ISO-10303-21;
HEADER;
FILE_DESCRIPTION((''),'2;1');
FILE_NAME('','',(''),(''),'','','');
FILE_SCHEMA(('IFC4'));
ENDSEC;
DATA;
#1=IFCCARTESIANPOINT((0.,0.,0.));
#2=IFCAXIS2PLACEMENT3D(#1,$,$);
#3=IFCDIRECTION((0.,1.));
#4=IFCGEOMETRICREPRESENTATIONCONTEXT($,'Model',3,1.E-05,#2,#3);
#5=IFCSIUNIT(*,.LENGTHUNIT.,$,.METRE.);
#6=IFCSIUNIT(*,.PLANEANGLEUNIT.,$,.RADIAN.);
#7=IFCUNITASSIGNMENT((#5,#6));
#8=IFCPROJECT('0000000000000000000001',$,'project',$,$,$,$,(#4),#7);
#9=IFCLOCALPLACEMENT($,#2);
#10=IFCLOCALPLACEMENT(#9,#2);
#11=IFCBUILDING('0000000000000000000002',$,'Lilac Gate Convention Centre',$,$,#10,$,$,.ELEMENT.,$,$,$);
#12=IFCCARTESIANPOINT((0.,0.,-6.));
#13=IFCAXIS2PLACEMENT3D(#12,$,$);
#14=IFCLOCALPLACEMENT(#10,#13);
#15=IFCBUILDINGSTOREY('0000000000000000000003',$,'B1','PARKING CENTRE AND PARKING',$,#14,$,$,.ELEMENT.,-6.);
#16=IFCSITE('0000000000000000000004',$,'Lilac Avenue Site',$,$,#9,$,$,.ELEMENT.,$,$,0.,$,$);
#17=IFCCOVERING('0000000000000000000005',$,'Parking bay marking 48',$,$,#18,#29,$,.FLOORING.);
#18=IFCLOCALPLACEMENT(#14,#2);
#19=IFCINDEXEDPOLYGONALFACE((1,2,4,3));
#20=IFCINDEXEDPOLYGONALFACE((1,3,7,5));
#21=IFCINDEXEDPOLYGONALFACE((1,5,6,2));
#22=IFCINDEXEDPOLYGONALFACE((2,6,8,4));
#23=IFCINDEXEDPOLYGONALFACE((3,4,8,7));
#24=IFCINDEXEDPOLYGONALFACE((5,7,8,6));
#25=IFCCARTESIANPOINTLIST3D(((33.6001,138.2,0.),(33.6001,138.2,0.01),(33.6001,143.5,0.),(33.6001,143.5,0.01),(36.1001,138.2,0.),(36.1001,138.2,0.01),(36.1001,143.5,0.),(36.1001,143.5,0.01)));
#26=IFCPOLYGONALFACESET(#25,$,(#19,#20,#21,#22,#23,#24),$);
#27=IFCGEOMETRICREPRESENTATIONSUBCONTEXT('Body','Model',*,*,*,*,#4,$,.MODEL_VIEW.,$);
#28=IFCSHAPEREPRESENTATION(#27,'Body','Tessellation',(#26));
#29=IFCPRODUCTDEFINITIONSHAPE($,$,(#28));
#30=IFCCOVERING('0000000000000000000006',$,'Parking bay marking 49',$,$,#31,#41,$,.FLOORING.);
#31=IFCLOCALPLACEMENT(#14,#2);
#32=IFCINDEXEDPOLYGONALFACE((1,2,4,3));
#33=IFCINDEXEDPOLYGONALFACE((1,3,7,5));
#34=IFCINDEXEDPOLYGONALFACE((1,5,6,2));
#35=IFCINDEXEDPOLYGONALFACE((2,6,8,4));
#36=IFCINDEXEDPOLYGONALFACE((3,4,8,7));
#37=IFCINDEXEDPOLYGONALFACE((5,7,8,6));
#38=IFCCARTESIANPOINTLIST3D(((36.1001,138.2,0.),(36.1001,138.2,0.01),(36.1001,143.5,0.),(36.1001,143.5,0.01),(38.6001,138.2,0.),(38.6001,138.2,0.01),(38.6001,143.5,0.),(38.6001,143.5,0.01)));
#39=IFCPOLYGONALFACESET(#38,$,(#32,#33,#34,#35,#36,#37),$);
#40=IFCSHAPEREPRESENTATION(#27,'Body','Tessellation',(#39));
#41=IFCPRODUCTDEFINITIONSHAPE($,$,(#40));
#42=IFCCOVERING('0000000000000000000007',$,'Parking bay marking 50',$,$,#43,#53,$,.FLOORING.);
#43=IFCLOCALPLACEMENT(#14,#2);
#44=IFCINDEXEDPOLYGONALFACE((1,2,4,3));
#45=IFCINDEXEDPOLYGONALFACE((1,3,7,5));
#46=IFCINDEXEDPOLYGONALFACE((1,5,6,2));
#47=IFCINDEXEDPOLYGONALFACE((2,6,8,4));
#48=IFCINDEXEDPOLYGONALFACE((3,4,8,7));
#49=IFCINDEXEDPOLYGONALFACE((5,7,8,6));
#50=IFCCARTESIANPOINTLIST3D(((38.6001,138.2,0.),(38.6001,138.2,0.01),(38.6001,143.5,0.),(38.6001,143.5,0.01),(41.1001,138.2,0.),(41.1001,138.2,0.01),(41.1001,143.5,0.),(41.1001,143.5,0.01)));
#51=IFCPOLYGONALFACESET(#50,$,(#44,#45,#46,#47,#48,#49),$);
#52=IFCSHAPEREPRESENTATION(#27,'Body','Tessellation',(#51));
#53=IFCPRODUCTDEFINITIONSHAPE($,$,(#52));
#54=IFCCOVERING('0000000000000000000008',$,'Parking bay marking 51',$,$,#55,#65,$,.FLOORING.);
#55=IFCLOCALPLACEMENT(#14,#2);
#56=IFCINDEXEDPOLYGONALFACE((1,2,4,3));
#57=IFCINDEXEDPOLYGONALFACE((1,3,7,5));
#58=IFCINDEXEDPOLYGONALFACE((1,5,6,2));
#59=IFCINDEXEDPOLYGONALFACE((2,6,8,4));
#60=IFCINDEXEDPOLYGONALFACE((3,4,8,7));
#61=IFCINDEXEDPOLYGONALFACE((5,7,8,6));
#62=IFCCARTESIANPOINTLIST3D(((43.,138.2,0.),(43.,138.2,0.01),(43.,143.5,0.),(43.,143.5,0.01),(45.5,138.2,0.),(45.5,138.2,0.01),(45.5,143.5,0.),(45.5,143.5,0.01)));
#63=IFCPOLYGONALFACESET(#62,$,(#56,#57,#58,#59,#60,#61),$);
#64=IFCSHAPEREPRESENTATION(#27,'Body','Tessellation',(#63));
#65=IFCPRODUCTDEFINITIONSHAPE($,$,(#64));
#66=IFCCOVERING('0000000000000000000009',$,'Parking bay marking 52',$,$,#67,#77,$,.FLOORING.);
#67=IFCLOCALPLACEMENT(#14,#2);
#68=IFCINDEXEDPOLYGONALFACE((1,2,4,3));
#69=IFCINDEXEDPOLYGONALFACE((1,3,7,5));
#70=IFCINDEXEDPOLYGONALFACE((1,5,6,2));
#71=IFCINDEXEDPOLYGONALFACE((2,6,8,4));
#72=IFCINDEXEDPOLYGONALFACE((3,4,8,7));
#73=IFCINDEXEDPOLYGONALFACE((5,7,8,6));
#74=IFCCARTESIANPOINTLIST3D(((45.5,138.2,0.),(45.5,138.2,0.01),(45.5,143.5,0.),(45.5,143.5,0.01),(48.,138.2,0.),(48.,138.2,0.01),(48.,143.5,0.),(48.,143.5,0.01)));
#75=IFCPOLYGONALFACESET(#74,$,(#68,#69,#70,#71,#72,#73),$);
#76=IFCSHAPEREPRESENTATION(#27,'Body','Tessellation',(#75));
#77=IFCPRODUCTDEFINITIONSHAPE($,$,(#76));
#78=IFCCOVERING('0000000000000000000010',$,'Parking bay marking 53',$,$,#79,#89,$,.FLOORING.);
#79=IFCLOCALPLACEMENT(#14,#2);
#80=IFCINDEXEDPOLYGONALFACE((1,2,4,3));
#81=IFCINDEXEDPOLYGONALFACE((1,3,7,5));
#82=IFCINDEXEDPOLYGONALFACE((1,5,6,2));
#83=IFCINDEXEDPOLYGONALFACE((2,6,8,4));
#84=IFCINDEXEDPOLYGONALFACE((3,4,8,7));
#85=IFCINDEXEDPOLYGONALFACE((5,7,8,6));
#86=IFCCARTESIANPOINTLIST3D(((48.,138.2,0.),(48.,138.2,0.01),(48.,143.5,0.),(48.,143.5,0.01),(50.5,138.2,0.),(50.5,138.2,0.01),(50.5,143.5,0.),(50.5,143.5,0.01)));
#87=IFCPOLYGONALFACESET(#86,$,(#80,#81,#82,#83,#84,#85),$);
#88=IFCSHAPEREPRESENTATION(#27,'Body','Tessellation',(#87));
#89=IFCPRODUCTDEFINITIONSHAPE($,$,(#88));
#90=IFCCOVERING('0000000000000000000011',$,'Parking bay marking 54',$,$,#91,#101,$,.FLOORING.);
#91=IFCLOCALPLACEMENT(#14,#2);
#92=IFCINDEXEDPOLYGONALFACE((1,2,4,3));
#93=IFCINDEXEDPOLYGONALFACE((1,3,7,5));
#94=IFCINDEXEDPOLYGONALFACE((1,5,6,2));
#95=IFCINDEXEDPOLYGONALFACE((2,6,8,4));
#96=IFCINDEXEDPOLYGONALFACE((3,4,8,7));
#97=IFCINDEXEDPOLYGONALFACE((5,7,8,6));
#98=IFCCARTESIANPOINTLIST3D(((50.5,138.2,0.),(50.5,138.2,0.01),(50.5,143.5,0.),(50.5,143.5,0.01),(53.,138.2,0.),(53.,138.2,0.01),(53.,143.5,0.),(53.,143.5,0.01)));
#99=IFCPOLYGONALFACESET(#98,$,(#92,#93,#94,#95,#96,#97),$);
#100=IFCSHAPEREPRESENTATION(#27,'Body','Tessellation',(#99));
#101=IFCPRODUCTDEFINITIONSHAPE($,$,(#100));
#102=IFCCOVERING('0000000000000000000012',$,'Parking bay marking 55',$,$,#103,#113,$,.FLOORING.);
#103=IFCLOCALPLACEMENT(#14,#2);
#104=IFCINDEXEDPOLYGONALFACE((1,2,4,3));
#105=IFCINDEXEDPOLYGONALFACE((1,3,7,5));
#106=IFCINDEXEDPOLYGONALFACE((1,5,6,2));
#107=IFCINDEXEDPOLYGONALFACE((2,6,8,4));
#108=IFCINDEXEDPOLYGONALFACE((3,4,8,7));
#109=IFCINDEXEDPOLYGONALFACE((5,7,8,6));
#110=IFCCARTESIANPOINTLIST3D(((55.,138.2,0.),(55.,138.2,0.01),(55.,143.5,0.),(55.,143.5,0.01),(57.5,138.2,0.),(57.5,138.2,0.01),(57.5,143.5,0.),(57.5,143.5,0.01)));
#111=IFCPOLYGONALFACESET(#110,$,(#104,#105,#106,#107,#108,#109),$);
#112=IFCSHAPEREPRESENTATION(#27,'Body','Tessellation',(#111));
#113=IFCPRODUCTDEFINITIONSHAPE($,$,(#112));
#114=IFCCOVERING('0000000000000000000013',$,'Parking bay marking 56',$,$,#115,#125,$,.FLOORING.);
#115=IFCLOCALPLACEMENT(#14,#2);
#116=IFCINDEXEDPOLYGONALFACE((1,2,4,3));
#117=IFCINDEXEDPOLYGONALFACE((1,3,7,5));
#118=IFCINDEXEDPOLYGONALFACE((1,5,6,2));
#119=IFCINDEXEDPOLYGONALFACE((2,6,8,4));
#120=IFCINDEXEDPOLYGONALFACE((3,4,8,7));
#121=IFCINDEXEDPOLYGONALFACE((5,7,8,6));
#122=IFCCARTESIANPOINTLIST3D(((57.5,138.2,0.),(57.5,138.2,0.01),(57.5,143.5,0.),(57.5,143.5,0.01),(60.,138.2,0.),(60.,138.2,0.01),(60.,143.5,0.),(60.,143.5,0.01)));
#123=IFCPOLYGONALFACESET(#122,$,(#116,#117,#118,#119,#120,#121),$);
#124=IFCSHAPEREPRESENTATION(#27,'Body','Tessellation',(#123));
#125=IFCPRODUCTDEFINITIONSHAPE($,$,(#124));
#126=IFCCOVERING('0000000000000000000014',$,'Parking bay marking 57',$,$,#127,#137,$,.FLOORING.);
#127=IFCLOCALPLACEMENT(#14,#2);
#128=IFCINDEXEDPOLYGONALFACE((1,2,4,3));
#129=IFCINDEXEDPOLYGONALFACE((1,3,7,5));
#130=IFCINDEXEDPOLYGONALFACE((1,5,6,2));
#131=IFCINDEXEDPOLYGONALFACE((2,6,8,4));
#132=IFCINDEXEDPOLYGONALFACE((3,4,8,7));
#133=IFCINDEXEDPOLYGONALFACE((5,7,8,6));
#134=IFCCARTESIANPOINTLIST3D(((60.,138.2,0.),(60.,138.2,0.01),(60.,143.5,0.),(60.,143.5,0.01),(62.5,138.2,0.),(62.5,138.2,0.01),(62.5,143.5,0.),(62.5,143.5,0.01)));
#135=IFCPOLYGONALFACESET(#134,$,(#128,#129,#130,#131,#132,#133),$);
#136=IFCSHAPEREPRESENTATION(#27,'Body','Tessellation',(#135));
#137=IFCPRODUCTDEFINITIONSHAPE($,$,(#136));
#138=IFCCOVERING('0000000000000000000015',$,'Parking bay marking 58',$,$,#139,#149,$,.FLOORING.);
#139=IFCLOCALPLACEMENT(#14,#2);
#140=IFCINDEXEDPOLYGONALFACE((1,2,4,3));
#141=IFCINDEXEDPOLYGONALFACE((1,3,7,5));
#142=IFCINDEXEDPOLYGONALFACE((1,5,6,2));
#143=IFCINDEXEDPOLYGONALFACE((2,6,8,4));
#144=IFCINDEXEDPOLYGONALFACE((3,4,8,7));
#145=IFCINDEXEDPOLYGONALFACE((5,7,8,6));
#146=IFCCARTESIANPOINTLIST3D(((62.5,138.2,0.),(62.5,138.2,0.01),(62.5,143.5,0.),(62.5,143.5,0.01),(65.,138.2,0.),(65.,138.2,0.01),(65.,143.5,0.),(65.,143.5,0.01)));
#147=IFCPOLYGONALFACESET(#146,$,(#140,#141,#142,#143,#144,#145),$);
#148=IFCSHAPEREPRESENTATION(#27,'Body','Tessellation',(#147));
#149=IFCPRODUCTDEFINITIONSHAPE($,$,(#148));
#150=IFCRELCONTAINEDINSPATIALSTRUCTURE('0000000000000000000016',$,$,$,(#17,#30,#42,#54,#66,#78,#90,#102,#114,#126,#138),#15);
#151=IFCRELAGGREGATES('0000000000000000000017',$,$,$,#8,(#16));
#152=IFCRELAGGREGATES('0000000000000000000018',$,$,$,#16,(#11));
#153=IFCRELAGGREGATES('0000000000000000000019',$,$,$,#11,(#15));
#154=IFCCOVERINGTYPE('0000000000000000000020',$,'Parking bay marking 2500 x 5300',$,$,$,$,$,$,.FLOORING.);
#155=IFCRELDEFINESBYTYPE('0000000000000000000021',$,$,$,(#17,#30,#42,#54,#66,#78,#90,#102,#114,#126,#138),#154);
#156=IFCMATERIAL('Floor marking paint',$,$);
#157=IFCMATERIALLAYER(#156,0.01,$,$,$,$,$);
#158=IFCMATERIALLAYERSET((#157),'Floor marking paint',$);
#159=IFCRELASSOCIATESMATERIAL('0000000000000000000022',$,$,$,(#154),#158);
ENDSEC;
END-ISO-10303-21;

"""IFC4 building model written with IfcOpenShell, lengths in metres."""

from ifc_helpers import new_model, si_unit, direction, frame, origin, place, context, subcontext, project, spatial, polyline, outline, extrude, material, layer, layer_set, type_object, element, save


model = new_model("IFC4")

# Units and contexts
model_context = context("Model", 3, precision=1e-05, world=origin(), true_north=direction((0.0, 1.0)))
body_context = subcontext(model_context, "Body", "Model", "MODEL_VIEW")
ifc_project = project(units=[si_unit("LENGTHUNIT", "METRE"), si_unit("PLANEANGLEUNIT", "RADIAN")], contexts=[model_context])

# Site, building, storey
site_placement = place(None, origin())
site = spatial("IfcSite", under=ifc_project, at=site_placement, Name="Lilac Avenue Site", CompositionType="ELEMENT", RefElevation=0.0)
building_placement = place(site_placement, origin())
building = spatial("IfcBuilding", under=site, at=building_placement, Name="Lilac Gate Convention Centre", CompositionType="ELEMENT")
storey_placement = place(building_placement, frame((0.0, 0.0, -6.0)))
storey = spatial("IfcBuildingStorey", under=building, at=storey_placement, Name="B1", Description="PARKING CENTRE AND PARKING", CompositionType="ELEMENT", Elevation=-6.0)

# Coverings
ifc_material = material(Name="Floor marking paint")
ifc_layer = layer(ifc_material, 0.01)
ifc_layer_set = layer_set([ifc_layer], Name="Floor marking paint")
covering_type = type_object("IfcCoveringType", Name="Parking bay marking 2500 x 5300", PredefinedType="FLOORING", material=ifc_layer_set)
covering_1_placement = place(storey_placement, origin())
element("IfcCovering", 1, at=covering_1_placement, inside=storey, type_object=covering_type, Name="Parking bay marking 48", PredefinedType="FLOORING", context=body_context, shape_type="SweptSolid", body=[
    extrude(outline(polyline([(33.6001, 138.2), (36.1001, 138.2), (36.1001, 143.5), (33.6001, 143.5), (33.6001, 138.2)])), origin(), (0.0, 0.0, 1.0), 0.01),
])
covering_2_placement = place(storey_placement, origin())
element("IfcCovering", 2, at=covering_2_placement, inside=storey, type_object=covering_type, Name="Parking bay marking 49", PredefinedType="FLOORING", context=body_context, shape_type="SweptSolid", body=[
    extrude(outline(polyline([(36.1001, 138.2), (38.6001, 138.2), (38.6001, 143.5), (36.1001, 143.5), (36.1001, 138.2)])), origin(), (0.0, 0.0, 1.0), 0.01),
])
covering_3_placement = place(storey_placement, origin())
element("IfcCovering", 3, at=covering_3_placement, inside=storey, type_object=covering_type, Name="Parking bay marking 50", PredefinedType="FLOORING", context=body_context, shape_type="SweptSolid", body=[
    extrude(outline(polyline([(38.6001, 138.2), (41.1001, 138.2), (41.1001, 143.5), (38.6001, 143.5), (38.6001, 138.2)])), origin(), (0.0, 0.0, 1.0), 0.01),
])
covering_4_placement = place(storey_placement, origin())
element("IfcCovering", 4, at=covering_4_placement, inside=storey, type_object=covering_type, Name="Parking bay marking 51", PredefinedType="FLOORING", context=body_context, shape_type="SweptSolid", body=[
    extrude(outline(polyline([(43.0, 138.2), (45.5, 138.2), (45.5, 143.5), (43.0, 143.5), (43.0, 138.2)])), origin(), (0.0, 0.0, 1.0), 0.01),
])
covering_5_placement = place(storey_placement, origin())
element("IfcCovering", 5, at=covering_5_placement, inside=storey, type_object=covering_type, Name="Parking bay marking 52", PredefinedType="FLOORING", context=body_context, shape_type="SweptSolid", body=[
    extrude(outline(polyline([(45.5, 138.2), (48.0, 138.2), (48.0, 143.5), (45.5, 143.5), (45.5, 138.2)])), origin(), (0.0, 0.0, 1.0), 0.01),
])
covering_6_placement = place(storey_placement, origin())
element("IfcCovering", 6, at=covering_6_placement, inside=storey, type_object=covering_type, Name="Parking bay marking 53", PredefinedType="FLOORING", context=body_context, shape_type="SweptSolid", body=[
    extrude(outline(polyline([(48.0, 138.2), (50.5, 138.2), (50.5, 143.5), (48.0, 143.5), (48.0, 138.2)])), origin(), (0.0, 0.0, 1.0), 0.01),
])
covering_7_placement = place(storey_placement, origin())
element("IfcCovering", 7, at=covering_7_placement, inside=storey, type_object=covering_type, Name="Parking bay marking 54", PredefinedType="FLOORING", context=body_context, shape_type="SweptSolid", body=[
    extrude(outline(polyline([(50.5, 138.2), (53.0, 138.2), (53.0, 143.5), (50.5, 143.5), (50.5, 138.2)])), origin(), (0.0, 0.0, 1.0), 0.01),
])
covering_8_placement = place(storey_placement, origin())
element("IfcCovering", 8, at=covering_8_placement, inside=storey, type_object=covering_type, Name="Parking bay marking 55", PredefinedType="FLOORING", context=body_context, shape_type="SweptSolid", body=[
    extrude(outline(polyline([(55.0, 138.2), (57.5, 138.2), (57.5, 143.5), (55.0, 143.5), (55.0, 138.2)])), origin(), (0.0, 0.0, 1.0), 0.01),
])
covering_9_placement = place(storey_placement, origin())
element("IfcCovering", 9, at=covering_9_placement, inside=storey, type_object=covering_type, Name="Parking bay marking 56", PredefinedType="FLOORING", context=body_context, shape_type="SweptSolid", body=[
    extrude(outline(polyline([(57.5, 138.2), (60.0, 138.2), (60.0, 143.5), (57.5, 143.5), (57.5, 138.2)])), origin(), (0.0, 0.0, 1.0), 0.01),
])
covering_10_placement = place(storey_placement, origin())
element("IfcCovering", 10, at=covering_10_placement, inside=storey, type_object=covering_type, Name="Parking bay marking 57", PredefinedType="FLOORING", context=body_context, shape_type="SweptSolid", body=[
    extrude(outline(polyline([(60.0, 138.2), (62.5, 138.2), (62.5, 143.5), (60.0, 143.5), (60.0, 138.2)])), origin(), (0.0, 0.0, 1.0), 0.01),
])
covering_11_placement = place(storey_placement, origin())
element("IfcCovering", 11, at=covering_11_placement, inside=storey, type_object=covering_type, Name="Parking bay marking 58", PredefinedType="FLOORING", context=body_context, shape_type="SweptSolid", body=[
    extrude(outline(polyline([(62.5, 138.2), (65.0, 138.2), (65.0, 143.5), (62.5, 143.5), (62.5, 138.2)])), origin(), (0.0, 0.0, 1.0), 0.01),
])

save(model, "model.ifc")
